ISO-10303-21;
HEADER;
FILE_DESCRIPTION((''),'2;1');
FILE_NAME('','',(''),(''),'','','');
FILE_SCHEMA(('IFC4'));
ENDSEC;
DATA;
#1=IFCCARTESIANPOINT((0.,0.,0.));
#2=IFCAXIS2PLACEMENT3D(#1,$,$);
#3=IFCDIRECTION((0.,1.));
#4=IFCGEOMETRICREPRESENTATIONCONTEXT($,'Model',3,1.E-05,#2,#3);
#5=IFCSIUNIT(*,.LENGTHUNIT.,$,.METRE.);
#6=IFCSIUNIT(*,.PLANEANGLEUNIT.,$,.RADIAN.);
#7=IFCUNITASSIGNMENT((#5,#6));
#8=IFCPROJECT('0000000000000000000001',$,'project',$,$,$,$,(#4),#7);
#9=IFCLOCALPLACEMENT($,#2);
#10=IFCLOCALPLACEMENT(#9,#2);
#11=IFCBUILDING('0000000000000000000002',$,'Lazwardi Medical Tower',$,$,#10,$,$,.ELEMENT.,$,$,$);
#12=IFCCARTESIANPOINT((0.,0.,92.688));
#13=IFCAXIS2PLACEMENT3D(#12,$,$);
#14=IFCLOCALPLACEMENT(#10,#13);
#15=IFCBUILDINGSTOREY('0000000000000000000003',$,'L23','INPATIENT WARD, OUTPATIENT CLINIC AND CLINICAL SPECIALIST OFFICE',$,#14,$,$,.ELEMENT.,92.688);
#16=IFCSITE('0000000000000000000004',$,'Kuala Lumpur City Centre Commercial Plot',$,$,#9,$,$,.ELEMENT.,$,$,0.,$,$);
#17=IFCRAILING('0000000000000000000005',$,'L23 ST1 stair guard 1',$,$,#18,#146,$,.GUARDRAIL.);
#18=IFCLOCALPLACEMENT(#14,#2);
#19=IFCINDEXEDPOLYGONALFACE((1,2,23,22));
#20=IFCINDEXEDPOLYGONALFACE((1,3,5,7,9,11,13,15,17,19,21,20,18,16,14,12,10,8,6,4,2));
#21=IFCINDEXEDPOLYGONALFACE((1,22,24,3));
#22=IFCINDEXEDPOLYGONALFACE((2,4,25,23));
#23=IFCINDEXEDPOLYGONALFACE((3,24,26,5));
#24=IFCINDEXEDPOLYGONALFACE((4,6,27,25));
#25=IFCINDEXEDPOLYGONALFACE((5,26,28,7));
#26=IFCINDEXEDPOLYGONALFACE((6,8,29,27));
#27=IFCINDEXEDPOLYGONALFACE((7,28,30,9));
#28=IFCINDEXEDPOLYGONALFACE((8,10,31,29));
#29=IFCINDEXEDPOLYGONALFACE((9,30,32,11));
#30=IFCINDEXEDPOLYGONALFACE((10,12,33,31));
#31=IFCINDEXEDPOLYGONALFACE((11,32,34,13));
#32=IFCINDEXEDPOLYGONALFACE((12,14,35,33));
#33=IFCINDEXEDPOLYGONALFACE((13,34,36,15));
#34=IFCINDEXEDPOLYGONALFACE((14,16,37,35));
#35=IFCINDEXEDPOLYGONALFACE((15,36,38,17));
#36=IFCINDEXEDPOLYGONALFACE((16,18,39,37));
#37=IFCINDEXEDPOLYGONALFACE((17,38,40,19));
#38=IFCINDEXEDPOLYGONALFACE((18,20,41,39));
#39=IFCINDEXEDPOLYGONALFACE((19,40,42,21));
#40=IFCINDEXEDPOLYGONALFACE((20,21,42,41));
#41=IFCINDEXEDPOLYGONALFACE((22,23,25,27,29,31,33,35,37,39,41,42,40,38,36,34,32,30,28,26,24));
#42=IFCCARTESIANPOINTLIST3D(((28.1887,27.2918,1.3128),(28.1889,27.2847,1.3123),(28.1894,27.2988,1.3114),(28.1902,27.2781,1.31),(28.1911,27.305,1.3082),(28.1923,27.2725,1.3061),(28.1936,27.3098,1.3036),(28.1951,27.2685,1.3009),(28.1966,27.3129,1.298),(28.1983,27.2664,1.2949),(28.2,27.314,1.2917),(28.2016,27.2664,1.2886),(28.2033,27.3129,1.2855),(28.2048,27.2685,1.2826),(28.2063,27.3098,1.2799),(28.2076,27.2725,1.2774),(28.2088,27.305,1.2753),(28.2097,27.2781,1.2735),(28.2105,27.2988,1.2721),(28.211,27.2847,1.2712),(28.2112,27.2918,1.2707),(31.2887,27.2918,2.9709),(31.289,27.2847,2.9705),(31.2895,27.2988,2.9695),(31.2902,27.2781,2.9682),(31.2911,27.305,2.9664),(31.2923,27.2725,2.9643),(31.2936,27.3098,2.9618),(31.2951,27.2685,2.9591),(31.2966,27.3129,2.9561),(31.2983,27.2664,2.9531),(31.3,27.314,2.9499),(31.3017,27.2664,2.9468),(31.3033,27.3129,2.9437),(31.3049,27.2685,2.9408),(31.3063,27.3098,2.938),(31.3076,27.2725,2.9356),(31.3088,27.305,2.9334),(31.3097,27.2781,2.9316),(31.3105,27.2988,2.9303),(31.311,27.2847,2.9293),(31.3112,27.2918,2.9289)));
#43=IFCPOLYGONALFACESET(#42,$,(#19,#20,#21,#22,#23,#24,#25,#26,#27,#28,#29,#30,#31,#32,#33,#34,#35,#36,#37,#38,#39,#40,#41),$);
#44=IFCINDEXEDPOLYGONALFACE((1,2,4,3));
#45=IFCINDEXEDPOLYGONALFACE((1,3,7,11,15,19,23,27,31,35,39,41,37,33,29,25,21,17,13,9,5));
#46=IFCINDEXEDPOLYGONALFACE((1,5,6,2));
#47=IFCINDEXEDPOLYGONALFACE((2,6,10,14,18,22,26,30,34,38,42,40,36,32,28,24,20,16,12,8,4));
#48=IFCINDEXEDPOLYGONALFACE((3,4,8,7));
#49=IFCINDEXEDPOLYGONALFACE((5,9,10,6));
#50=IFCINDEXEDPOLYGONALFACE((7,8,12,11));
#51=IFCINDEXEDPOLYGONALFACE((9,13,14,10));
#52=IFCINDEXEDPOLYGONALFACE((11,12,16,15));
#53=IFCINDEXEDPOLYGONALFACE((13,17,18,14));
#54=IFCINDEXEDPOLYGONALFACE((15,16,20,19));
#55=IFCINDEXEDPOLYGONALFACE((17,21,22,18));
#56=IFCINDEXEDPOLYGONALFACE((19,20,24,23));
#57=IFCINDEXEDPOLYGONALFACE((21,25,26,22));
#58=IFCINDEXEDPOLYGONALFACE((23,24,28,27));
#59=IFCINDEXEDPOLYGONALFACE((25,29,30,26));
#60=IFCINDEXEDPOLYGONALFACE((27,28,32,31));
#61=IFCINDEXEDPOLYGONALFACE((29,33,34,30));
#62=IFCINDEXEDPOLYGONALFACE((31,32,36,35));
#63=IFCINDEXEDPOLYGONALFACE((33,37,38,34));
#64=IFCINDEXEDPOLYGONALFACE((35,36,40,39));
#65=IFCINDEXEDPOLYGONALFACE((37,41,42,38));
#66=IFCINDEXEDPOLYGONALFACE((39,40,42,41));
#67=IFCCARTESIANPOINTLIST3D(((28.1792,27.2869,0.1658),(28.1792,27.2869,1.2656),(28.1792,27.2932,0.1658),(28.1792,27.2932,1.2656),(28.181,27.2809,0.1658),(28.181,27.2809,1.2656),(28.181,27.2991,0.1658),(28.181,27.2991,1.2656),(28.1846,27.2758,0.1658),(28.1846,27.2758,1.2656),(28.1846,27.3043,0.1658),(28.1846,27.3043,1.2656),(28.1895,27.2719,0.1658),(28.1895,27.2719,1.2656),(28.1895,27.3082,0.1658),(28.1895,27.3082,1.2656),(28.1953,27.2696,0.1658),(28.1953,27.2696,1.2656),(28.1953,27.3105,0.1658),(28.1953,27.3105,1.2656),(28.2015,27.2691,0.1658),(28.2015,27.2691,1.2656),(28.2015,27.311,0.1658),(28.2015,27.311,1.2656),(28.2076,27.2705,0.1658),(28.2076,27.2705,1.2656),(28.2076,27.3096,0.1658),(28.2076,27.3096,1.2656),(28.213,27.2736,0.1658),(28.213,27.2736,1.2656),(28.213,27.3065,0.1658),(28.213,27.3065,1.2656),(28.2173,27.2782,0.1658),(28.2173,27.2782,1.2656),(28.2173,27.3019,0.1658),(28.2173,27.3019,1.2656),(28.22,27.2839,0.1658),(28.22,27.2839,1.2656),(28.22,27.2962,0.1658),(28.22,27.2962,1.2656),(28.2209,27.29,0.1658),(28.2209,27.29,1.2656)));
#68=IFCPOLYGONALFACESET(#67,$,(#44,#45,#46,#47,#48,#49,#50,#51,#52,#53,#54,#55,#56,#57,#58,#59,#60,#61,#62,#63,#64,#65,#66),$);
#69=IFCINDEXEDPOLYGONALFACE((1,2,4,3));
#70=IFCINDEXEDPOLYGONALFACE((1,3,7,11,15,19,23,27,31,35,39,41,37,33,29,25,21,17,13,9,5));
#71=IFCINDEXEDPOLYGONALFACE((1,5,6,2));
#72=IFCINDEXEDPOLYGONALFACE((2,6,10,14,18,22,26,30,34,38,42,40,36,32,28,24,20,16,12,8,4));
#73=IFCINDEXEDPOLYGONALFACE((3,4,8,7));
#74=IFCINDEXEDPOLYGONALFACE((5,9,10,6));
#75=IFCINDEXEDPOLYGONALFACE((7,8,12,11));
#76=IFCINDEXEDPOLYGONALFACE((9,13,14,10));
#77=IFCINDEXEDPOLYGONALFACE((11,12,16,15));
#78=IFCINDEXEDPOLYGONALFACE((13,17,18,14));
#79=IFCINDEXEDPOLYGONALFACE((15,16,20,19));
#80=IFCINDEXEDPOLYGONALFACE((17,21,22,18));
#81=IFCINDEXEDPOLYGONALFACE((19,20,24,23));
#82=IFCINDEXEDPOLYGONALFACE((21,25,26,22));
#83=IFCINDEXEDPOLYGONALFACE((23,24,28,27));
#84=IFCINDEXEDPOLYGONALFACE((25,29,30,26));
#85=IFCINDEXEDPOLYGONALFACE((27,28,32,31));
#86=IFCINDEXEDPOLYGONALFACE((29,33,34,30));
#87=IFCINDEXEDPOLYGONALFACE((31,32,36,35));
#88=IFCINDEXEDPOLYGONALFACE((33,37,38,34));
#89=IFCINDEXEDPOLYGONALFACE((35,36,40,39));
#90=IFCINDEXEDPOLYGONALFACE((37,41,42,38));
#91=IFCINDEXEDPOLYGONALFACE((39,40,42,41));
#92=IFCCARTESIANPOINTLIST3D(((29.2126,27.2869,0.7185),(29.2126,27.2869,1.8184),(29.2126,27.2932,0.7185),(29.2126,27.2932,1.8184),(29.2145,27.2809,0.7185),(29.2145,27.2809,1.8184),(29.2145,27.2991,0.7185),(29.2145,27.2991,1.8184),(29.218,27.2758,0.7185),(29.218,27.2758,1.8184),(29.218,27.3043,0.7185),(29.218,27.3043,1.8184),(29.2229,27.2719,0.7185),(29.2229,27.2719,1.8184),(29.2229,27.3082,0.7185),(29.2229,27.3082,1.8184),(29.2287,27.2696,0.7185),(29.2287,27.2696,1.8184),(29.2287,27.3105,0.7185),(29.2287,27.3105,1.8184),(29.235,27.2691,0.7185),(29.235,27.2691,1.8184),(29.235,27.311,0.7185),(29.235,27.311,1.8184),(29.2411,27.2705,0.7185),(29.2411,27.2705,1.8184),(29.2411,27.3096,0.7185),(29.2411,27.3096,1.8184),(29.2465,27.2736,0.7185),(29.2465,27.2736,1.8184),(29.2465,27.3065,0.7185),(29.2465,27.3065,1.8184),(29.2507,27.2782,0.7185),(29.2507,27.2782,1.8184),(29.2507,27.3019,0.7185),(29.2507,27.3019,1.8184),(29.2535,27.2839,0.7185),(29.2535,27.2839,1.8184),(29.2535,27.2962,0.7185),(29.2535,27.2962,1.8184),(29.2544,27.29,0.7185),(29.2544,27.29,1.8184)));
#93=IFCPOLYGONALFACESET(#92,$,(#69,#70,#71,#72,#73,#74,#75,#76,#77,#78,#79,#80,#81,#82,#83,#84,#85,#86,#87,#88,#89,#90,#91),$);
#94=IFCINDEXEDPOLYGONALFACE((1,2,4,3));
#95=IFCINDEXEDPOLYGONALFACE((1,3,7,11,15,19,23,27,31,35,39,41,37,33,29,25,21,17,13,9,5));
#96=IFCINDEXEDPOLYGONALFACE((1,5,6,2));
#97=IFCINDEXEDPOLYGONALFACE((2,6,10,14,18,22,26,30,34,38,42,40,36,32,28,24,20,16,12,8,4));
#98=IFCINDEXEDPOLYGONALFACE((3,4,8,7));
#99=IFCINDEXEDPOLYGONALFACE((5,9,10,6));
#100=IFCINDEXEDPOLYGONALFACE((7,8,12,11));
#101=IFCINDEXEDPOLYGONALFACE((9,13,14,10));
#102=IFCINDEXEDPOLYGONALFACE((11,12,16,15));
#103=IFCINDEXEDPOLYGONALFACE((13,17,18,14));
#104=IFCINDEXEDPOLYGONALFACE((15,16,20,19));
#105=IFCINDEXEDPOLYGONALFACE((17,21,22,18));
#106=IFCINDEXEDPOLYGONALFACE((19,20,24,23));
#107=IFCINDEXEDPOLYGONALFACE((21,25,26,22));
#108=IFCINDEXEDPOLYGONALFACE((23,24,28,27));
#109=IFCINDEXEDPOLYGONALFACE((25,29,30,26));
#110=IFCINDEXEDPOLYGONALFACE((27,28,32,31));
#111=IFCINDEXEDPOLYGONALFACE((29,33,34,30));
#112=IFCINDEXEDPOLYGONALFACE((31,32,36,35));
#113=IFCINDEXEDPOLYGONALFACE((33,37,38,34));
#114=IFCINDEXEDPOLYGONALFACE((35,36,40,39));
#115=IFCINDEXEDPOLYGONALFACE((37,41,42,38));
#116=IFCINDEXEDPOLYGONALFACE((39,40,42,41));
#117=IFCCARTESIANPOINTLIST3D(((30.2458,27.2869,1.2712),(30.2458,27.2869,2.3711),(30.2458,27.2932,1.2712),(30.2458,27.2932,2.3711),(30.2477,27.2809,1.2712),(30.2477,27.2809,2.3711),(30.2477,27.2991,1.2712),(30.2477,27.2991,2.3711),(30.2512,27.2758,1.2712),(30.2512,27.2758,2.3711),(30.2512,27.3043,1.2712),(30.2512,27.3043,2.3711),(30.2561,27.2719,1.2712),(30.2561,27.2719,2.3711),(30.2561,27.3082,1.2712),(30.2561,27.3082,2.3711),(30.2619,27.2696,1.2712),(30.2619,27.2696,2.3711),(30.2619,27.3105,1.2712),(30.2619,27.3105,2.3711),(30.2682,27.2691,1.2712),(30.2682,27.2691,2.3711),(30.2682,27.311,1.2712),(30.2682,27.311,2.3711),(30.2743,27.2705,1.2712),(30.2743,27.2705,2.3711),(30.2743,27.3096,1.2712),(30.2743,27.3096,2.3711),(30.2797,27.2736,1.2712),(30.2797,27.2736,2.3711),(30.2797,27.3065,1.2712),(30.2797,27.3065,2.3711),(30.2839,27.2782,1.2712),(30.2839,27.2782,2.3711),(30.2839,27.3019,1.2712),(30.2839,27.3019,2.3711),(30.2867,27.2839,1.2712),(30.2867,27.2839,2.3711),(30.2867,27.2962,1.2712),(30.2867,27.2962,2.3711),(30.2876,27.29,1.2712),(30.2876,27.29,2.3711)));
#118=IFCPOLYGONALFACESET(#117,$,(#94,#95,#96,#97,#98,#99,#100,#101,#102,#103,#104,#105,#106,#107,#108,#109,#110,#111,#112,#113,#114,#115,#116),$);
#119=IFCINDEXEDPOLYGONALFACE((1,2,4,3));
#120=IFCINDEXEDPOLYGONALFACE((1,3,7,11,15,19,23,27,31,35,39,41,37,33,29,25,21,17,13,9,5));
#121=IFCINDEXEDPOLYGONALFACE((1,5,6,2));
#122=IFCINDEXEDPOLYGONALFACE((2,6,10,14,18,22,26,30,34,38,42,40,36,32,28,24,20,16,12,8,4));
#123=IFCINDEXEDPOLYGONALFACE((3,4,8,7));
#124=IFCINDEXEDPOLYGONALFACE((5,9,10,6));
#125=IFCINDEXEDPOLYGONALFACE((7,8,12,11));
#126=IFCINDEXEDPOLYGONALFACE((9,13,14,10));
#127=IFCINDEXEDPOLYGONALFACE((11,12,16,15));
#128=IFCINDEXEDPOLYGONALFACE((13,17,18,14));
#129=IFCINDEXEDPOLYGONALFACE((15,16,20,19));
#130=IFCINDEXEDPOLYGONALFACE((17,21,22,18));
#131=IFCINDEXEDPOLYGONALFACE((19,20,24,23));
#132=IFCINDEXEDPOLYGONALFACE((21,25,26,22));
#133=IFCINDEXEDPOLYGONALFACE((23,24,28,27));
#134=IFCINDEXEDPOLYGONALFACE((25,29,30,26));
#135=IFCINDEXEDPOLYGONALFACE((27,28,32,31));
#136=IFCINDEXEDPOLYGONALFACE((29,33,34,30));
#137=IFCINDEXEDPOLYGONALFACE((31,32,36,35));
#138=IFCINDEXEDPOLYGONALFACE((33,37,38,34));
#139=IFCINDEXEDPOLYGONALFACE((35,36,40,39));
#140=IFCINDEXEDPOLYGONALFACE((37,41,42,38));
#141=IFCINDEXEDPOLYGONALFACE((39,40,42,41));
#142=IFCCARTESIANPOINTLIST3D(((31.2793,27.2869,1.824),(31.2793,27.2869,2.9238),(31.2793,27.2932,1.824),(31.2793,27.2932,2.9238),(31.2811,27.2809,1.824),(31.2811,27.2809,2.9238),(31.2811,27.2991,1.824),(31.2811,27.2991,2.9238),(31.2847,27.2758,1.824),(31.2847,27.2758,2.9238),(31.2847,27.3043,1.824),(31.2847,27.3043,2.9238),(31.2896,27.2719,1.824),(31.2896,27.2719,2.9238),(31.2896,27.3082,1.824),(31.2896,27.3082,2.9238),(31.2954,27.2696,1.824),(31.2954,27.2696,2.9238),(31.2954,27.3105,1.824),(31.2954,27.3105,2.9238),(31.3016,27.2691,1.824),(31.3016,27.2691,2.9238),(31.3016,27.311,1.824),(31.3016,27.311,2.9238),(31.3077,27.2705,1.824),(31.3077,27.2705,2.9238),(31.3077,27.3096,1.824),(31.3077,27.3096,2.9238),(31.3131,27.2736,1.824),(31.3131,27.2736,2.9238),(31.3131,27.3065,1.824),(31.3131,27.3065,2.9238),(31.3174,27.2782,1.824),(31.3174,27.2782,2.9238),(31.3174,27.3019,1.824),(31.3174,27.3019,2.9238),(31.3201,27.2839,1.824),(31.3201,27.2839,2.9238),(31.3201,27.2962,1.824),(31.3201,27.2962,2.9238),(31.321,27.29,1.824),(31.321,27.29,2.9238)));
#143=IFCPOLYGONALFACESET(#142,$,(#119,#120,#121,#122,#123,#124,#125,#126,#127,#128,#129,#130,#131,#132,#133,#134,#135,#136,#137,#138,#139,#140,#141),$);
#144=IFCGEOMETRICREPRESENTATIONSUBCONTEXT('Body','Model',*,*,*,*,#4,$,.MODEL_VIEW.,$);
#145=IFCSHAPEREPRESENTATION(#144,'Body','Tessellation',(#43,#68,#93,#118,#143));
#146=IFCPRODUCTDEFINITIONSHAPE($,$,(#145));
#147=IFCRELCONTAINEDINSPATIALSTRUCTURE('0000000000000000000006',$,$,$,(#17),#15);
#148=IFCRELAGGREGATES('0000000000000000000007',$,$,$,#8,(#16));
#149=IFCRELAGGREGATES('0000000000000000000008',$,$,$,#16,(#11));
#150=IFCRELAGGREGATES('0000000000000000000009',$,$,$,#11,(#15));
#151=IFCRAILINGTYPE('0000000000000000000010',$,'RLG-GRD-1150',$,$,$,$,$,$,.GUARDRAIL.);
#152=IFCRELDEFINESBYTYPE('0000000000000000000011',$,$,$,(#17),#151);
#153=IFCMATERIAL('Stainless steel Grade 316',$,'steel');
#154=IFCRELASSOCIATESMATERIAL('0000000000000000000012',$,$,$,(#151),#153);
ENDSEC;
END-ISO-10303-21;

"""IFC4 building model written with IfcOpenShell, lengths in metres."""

from ifc_helpers import new_model, si_unit, direction, frame, origin, origin_2d, place, context, subcontext, project, spatial, circle, extrude, material, type_object, element, save


model = new_model("IFC4")

# Units and contexts
model_context = context("Model", 3, precision=1e-05, world=origin(), true_north=direction((0.0, 1.0)))
body_context = subcontext(model_context, "Body", "Model", "MODEL_VIEW")
ifc_project = project(units=[si_unit("LENGTHUNIT", "METRE"), si_unit("PLANEANGLEUNIT", "RADIAN")], contexts=[model_context])

# Site, building, storey
site_placement = place(None, origin())
site = spatial("IfcSite", under=ifc_project, at=site_placement, Name="Kuala Lumpur City Centre Commercial Plot", CompositionType="ELEMENT", RefElevation=0.0)
building_placement = place(site_placement, origin())
building = spatial("IfcBuilding", under=site, at=building_placement, Name="Lazwardi Medical Tower", CompositionType="ELEMENT")
storey_placement = place(building_placement, frame((0.0, 0.0, 92.688)))
storey = spatial("IfcBuildingStorey", under=building, at=storey_placement, Name="L23", Description="INPATIENT WARD, OUTPATIENT CLINIC AND CLINICAL SPECIALIST OFFICE", CompositionType="ELEMENT", Elevation=92.688)

# Railing
ifc_material_1 = material(Name="Stainless steel Grade 316", Category="steel")
railing_type_1 = type_object("IfcRailingType", Name="RLG-GRD-1150", PredefinedType="GUARDRAIL", material=ifc_material_1)
railing_1_placement = place(storey_placement, frame((28.2, 27.29, 0.1658)))
element("IfcRailing", 1, at=railing_1_placement, inside=storey, type_object=railing_type_1, Name="L23 ST1 stair guard 1", PredefinedType="GUARDRAIL", context=body_context, shape_type="SweptSolid", body=[
    extrude(circle(Radius=0.0239, at=origin_2d()), frame((0.0, 0.0, 1.126), z_axis=(0.881783, 0.0, 0.471655), x_axis=(0.0, 1.0, 0.0)), (0.0, 0.0, 1.0), 3.5156),
    extrude(circle(Radius=0.021, at=origin_2d()), origin(), (0.0, 0.0, 1.0), 1.0999),
    extrude(circle(Radius=0.021, at=origin_2d()), frame((1.0334, 0.0, 0.5527)), (0.0, 0.0, 1.0), 1.0999),
    extrude(circle(Radius=0.021, at=origin_2d()), frame((2.0667, 0.0, 1.1055)), (0.0, 0.0, 1.0), 1.0999),
    extrude(circle(Radius=0.021, at=origin_2d()), frame((3.1001, 0.0, 1.6582)), (0.0, 0.0, 1.0), 1.0999),
])

save(model, "model.ifc")
